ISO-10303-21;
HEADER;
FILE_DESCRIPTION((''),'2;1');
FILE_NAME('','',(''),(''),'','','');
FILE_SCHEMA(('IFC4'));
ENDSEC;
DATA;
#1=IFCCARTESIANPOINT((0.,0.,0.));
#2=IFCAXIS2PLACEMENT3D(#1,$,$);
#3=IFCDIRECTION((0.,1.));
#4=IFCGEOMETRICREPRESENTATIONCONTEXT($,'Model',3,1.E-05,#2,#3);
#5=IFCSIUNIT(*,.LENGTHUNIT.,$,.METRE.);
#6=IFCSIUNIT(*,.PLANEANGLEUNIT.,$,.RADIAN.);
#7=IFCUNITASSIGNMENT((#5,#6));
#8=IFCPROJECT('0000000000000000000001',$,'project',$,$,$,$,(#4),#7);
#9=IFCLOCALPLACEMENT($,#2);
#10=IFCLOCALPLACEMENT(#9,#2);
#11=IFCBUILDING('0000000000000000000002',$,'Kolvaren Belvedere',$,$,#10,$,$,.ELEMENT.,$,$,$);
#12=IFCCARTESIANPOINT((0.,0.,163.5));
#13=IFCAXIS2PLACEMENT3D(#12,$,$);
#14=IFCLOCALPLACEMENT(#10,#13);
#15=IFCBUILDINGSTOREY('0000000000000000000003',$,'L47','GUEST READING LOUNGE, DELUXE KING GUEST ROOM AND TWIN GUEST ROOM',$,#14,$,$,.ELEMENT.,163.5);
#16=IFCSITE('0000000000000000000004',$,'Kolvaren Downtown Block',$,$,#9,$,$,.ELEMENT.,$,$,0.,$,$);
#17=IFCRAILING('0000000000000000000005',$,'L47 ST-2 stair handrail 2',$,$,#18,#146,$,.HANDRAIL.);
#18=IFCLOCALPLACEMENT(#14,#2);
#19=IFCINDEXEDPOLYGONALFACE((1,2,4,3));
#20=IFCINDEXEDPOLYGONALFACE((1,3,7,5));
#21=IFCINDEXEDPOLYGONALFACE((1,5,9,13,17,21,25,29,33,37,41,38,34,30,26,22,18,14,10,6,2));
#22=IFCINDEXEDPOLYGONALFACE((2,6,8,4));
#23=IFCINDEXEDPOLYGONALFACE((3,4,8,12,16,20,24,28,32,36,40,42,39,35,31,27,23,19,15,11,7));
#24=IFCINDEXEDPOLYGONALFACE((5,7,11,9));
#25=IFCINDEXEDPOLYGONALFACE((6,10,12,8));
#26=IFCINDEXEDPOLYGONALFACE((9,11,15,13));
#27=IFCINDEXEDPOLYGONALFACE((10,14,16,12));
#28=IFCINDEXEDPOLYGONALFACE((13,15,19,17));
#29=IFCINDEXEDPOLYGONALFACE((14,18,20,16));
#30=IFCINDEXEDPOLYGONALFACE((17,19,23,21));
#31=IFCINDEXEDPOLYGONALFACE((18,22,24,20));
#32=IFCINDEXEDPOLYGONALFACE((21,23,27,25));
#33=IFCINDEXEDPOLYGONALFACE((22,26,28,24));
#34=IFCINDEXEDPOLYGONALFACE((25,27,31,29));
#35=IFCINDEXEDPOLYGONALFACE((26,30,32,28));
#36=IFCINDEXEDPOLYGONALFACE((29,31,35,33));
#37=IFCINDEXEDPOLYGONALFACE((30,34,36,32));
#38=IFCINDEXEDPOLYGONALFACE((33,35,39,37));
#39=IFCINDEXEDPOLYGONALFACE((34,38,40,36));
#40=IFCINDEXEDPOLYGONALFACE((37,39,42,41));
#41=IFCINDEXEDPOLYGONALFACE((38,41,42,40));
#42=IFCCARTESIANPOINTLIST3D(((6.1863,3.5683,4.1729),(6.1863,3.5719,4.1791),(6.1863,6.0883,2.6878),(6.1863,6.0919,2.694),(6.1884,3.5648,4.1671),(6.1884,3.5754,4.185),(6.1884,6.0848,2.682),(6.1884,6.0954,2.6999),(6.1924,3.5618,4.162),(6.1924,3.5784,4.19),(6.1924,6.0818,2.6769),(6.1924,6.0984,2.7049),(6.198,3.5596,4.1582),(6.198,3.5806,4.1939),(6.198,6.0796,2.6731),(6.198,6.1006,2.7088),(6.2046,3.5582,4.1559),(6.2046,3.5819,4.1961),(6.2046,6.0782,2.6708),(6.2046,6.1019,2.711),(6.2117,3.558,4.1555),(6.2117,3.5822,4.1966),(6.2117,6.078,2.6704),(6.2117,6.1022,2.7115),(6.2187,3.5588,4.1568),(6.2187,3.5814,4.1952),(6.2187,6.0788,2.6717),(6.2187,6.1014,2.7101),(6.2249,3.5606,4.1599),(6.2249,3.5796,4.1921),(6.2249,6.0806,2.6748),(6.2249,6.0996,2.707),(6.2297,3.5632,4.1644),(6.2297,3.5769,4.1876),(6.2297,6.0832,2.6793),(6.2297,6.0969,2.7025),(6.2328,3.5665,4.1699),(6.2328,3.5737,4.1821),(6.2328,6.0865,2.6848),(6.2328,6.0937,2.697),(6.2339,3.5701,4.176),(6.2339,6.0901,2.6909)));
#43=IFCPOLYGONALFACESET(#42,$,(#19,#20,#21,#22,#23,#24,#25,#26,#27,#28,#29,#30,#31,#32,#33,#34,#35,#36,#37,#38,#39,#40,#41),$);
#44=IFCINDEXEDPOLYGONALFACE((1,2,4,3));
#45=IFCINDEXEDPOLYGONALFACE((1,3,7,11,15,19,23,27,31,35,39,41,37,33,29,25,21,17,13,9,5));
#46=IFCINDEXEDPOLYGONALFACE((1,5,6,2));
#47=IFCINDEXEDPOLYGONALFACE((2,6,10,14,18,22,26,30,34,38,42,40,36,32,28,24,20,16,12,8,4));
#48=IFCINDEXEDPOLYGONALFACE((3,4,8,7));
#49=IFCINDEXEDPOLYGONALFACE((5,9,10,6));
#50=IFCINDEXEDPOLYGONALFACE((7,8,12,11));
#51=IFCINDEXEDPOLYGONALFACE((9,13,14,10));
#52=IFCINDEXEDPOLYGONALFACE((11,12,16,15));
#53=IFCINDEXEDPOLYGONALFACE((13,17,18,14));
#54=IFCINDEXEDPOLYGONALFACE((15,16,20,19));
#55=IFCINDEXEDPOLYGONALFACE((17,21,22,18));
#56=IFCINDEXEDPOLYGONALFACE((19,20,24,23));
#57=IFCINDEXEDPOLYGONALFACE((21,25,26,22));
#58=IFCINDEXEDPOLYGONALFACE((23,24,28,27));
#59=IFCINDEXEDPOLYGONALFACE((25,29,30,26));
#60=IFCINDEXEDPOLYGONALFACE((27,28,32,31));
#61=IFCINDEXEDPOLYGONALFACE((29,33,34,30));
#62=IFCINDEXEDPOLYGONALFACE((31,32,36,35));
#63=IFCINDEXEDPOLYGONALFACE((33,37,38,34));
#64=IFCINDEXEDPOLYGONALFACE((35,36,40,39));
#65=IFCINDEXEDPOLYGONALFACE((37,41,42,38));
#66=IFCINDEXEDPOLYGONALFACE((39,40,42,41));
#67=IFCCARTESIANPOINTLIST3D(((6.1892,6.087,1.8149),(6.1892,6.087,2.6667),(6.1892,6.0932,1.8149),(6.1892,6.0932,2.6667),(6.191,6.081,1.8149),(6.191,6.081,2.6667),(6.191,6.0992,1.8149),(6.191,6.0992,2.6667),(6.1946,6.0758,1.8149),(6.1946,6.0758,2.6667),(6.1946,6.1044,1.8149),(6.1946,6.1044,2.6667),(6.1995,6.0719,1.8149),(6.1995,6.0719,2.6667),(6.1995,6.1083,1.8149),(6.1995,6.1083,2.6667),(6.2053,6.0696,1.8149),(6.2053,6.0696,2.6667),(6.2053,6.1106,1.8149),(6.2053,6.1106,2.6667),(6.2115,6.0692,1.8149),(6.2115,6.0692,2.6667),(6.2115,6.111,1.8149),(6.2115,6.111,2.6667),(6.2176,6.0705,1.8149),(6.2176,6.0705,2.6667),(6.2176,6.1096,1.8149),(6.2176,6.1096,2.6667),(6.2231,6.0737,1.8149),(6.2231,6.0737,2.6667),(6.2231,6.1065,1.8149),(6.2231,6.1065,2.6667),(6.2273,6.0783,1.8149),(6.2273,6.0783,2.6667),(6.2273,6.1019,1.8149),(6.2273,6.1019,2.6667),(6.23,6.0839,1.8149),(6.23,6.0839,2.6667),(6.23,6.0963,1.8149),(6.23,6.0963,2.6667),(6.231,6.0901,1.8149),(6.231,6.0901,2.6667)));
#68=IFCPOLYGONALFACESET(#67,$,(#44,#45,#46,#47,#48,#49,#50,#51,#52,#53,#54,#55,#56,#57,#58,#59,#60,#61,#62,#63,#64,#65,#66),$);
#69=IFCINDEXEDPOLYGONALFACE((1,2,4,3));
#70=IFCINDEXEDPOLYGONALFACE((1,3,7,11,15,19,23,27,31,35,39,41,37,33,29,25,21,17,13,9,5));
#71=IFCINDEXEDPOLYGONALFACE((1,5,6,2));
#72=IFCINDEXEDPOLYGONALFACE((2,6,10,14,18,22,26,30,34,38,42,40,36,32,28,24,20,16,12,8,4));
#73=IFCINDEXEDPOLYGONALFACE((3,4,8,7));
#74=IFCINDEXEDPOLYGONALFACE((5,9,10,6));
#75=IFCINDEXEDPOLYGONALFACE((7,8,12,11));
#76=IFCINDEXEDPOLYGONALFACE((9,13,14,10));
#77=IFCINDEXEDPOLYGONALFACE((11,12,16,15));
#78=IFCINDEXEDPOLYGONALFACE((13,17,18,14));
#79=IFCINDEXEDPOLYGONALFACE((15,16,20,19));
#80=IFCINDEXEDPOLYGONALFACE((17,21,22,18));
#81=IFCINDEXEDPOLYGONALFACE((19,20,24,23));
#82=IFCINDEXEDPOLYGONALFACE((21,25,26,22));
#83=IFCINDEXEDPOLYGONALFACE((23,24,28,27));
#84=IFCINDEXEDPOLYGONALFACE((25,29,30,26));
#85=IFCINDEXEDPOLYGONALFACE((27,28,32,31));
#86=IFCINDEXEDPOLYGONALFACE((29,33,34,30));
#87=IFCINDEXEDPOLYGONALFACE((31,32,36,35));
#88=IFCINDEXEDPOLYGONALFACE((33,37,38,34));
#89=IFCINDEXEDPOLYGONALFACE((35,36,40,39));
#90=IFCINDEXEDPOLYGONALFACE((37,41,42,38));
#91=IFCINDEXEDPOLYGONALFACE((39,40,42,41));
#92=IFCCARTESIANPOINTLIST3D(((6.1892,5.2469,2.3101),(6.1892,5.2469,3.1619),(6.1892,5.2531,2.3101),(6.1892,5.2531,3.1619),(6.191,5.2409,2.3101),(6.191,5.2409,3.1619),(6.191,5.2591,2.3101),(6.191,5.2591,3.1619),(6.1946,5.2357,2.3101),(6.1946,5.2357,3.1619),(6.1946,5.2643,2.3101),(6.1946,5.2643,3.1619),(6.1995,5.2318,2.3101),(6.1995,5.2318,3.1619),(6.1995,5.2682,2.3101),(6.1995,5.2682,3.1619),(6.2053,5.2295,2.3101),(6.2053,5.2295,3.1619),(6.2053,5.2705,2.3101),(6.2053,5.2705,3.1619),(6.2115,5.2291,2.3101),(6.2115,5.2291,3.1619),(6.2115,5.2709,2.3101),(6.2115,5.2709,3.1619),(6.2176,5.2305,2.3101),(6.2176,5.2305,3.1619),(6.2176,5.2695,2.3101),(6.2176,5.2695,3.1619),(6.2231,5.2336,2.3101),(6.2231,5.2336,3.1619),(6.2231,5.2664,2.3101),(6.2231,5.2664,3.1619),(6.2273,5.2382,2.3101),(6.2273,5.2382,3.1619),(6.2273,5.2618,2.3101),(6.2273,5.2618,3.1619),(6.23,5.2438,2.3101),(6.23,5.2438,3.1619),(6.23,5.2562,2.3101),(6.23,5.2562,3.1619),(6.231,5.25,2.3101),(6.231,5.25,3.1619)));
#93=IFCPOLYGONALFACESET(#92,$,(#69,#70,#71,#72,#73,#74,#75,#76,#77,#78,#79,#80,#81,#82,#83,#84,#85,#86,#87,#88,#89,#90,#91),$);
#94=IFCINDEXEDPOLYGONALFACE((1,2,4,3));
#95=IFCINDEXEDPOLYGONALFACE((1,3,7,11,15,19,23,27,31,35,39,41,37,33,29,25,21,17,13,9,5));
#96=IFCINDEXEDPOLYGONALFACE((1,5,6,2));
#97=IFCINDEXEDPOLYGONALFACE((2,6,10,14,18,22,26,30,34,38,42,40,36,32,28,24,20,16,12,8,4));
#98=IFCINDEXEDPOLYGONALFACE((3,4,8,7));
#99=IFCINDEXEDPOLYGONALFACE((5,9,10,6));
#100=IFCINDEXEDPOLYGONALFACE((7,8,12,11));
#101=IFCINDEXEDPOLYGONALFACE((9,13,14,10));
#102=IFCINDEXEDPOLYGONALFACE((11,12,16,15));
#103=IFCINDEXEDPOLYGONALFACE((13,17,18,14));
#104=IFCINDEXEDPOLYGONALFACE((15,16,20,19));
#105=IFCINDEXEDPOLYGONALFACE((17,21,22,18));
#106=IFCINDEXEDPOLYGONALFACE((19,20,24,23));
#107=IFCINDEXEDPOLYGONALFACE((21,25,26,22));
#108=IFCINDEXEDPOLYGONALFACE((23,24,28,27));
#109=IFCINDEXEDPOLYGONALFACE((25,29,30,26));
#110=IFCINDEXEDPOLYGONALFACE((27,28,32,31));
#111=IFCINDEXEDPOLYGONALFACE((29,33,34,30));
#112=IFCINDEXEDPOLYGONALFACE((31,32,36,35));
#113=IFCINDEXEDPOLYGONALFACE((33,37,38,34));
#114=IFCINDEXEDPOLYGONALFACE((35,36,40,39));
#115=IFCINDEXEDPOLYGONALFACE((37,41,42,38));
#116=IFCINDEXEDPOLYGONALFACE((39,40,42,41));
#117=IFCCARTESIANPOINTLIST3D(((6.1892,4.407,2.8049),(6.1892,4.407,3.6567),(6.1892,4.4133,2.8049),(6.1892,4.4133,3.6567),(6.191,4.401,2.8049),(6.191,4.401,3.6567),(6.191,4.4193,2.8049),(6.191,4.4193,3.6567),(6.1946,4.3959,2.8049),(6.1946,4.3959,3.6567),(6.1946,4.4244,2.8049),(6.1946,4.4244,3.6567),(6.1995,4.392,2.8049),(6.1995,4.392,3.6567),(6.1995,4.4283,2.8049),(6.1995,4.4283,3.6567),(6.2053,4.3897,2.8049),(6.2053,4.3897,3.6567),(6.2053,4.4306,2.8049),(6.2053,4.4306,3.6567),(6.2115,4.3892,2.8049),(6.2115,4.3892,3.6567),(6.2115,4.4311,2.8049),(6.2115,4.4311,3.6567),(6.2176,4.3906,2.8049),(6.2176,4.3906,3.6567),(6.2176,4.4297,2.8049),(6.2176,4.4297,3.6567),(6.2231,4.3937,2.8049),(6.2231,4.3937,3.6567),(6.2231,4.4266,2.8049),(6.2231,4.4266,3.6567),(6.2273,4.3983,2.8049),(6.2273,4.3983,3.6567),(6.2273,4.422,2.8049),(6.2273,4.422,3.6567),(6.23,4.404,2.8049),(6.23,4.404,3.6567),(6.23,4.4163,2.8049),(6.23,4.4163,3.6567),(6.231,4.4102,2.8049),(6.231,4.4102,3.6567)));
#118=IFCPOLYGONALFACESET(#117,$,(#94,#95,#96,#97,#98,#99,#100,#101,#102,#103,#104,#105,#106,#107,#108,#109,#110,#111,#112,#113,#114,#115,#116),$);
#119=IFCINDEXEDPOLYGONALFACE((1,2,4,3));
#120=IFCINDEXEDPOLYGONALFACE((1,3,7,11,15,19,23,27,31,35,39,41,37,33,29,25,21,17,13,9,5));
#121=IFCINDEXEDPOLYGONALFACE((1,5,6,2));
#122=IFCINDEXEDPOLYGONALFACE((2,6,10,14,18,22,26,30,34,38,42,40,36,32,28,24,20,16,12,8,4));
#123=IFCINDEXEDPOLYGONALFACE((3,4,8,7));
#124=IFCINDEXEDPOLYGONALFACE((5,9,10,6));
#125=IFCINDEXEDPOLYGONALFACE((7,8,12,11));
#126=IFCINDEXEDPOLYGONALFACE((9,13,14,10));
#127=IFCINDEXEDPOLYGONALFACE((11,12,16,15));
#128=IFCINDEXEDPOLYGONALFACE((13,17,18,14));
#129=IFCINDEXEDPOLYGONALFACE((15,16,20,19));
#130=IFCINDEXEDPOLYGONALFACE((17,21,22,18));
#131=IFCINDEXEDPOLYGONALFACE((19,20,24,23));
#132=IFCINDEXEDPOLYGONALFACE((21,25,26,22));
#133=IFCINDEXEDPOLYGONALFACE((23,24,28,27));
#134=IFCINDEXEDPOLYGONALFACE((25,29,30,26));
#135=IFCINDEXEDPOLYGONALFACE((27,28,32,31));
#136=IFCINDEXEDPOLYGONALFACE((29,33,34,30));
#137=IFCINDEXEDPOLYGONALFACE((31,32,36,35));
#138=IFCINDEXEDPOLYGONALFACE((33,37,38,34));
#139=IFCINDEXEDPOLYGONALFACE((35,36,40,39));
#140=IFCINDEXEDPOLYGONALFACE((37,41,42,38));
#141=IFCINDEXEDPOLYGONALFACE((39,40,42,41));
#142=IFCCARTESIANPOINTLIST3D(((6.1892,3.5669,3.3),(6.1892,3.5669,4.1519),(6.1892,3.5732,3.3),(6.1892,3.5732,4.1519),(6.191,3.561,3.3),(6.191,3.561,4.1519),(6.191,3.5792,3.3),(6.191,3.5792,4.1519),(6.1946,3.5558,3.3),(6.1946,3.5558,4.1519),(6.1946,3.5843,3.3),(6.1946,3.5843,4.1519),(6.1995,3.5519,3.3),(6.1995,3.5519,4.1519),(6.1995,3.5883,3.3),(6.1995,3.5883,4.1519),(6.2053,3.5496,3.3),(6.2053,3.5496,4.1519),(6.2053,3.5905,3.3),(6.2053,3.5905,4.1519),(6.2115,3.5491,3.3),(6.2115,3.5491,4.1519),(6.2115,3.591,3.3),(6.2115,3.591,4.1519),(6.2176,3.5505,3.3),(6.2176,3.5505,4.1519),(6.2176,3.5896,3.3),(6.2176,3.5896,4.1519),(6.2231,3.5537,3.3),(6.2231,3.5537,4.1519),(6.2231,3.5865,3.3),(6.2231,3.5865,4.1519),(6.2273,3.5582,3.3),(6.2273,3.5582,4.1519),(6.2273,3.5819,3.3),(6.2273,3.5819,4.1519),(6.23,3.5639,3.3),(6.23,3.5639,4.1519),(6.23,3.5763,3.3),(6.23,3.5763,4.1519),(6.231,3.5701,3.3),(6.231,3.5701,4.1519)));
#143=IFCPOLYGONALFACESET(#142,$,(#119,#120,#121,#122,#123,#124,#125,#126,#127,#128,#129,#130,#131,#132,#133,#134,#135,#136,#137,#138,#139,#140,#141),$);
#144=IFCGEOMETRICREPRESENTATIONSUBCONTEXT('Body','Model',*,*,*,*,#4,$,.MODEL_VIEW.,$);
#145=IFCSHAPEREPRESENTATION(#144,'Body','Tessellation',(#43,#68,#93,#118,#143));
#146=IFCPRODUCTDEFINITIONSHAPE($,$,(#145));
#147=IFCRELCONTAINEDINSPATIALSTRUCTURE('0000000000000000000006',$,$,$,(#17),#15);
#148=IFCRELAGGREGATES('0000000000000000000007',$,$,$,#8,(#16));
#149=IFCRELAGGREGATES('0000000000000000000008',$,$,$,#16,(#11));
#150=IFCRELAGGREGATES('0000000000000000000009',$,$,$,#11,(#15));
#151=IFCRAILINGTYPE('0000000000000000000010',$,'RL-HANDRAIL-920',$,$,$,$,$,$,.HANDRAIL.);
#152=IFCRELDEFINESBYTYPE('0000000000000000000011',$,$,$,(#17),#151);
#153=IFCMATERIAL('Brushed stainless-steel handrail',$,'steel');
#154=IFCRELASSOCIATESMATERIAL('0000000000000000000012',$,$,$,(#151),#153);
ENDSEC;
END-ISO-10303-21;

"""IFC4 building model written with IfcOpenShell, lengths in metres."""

from ifc_helpers import new_model, si_unit, direction, frame, origin, origin_2d, place, context, subcontext, project, spatial, circle, extrude, material, type_object, element, save


model = new_model("IFC4")

# Units and contexts
model_context = context("Model", 3, precision=1e-05, world=origin(), true_north=direction((0.0, 1.0)))
body_context = subcontext(model_context, "Body", "Model", "MODEL_VIEW")
ifc_project = project(units=[si_unit("LENGTHUNIT", "METRE"), si_unit("PLANEANGLEUNIT", "RADIAN")], contexts=[model_context])

# Site, building, storey
site_placement = place(None, origin())
site = spatial("IfcSite", under=ifc_project, at=site_placement, Name="Kolvaren Downtown Block", CompositionType="ELEMENT", RefElevation=0.0)
building_placement = place(site_placement, origin())
building = spatial("IfcBuilding", under=site, at=building_placement, Name="Kolvaren Belvedere", CompositionType="ELEMENT")
storey_placement = place(building_placement, frame((0.0, 0.0, 163.5)))
storey = spatial("IfcBuildingStorey", under=building, at=storey_placement, Name="L47", Description="GUEST READING LOUNGE, DELUXE KING GUEST ROOM AND TWIN GUEST ROOM", CompositionType="ELEMENT", Elevation=163.5)

# Railing
ifc_material_1 = material(Name="Brushed stainless-steel handrail", Category="steel")
railing_type_1 = type_object("IfcRailingType", Name="RL-HANDRAIL-920", PredefinedType="HANDRAIL", material=ifc_material_1)
railing_1_placement = place(storey_placement, frame((6.21, 6.0901, 1.8149)))
element("IfcRailing", 1, at=railing_1_placement, inside=storey, type_object=railing_type_1, Name="L47 ST-2 stair handrail 2", PredefinedType="HANDRAIL", context=body_context, shape_type="SweptSolid", body=[
    extrude(circle(Radius=0.0239, at=origin_2d()), frame((0.0, 0.0, 0.876), z_axis=(0.0, -0.861524, 0.507717), x_axis=(1.0, 0.0, 0.0)), (0.0, 0.0, 1.0), 2.925),
    extrude(circle(Radius=0.021, at=origin_2d()), origin(), (0.0, 0.0, 1.0), 0.8518),
    extrude(circle(Radius=0.021, at=origin_2d()), frame((0.0, -0.8401, 0.4951)), (0.0, 0.0, 1.0), 0.8518),
    extrude(circle(Radius=0.021, at=origin_2d()), frame((0.0, -1.6799, 0.99)), (0.0, 0.0, 1.0), 0.8518),
    extrude(circle(Radius=0.021, at=origin_2d()), frame((0.0, -2.52, 1.4851)), (0.0, 0.0, 1.0), 0.8518),
])

save(model, "model.ifc")
